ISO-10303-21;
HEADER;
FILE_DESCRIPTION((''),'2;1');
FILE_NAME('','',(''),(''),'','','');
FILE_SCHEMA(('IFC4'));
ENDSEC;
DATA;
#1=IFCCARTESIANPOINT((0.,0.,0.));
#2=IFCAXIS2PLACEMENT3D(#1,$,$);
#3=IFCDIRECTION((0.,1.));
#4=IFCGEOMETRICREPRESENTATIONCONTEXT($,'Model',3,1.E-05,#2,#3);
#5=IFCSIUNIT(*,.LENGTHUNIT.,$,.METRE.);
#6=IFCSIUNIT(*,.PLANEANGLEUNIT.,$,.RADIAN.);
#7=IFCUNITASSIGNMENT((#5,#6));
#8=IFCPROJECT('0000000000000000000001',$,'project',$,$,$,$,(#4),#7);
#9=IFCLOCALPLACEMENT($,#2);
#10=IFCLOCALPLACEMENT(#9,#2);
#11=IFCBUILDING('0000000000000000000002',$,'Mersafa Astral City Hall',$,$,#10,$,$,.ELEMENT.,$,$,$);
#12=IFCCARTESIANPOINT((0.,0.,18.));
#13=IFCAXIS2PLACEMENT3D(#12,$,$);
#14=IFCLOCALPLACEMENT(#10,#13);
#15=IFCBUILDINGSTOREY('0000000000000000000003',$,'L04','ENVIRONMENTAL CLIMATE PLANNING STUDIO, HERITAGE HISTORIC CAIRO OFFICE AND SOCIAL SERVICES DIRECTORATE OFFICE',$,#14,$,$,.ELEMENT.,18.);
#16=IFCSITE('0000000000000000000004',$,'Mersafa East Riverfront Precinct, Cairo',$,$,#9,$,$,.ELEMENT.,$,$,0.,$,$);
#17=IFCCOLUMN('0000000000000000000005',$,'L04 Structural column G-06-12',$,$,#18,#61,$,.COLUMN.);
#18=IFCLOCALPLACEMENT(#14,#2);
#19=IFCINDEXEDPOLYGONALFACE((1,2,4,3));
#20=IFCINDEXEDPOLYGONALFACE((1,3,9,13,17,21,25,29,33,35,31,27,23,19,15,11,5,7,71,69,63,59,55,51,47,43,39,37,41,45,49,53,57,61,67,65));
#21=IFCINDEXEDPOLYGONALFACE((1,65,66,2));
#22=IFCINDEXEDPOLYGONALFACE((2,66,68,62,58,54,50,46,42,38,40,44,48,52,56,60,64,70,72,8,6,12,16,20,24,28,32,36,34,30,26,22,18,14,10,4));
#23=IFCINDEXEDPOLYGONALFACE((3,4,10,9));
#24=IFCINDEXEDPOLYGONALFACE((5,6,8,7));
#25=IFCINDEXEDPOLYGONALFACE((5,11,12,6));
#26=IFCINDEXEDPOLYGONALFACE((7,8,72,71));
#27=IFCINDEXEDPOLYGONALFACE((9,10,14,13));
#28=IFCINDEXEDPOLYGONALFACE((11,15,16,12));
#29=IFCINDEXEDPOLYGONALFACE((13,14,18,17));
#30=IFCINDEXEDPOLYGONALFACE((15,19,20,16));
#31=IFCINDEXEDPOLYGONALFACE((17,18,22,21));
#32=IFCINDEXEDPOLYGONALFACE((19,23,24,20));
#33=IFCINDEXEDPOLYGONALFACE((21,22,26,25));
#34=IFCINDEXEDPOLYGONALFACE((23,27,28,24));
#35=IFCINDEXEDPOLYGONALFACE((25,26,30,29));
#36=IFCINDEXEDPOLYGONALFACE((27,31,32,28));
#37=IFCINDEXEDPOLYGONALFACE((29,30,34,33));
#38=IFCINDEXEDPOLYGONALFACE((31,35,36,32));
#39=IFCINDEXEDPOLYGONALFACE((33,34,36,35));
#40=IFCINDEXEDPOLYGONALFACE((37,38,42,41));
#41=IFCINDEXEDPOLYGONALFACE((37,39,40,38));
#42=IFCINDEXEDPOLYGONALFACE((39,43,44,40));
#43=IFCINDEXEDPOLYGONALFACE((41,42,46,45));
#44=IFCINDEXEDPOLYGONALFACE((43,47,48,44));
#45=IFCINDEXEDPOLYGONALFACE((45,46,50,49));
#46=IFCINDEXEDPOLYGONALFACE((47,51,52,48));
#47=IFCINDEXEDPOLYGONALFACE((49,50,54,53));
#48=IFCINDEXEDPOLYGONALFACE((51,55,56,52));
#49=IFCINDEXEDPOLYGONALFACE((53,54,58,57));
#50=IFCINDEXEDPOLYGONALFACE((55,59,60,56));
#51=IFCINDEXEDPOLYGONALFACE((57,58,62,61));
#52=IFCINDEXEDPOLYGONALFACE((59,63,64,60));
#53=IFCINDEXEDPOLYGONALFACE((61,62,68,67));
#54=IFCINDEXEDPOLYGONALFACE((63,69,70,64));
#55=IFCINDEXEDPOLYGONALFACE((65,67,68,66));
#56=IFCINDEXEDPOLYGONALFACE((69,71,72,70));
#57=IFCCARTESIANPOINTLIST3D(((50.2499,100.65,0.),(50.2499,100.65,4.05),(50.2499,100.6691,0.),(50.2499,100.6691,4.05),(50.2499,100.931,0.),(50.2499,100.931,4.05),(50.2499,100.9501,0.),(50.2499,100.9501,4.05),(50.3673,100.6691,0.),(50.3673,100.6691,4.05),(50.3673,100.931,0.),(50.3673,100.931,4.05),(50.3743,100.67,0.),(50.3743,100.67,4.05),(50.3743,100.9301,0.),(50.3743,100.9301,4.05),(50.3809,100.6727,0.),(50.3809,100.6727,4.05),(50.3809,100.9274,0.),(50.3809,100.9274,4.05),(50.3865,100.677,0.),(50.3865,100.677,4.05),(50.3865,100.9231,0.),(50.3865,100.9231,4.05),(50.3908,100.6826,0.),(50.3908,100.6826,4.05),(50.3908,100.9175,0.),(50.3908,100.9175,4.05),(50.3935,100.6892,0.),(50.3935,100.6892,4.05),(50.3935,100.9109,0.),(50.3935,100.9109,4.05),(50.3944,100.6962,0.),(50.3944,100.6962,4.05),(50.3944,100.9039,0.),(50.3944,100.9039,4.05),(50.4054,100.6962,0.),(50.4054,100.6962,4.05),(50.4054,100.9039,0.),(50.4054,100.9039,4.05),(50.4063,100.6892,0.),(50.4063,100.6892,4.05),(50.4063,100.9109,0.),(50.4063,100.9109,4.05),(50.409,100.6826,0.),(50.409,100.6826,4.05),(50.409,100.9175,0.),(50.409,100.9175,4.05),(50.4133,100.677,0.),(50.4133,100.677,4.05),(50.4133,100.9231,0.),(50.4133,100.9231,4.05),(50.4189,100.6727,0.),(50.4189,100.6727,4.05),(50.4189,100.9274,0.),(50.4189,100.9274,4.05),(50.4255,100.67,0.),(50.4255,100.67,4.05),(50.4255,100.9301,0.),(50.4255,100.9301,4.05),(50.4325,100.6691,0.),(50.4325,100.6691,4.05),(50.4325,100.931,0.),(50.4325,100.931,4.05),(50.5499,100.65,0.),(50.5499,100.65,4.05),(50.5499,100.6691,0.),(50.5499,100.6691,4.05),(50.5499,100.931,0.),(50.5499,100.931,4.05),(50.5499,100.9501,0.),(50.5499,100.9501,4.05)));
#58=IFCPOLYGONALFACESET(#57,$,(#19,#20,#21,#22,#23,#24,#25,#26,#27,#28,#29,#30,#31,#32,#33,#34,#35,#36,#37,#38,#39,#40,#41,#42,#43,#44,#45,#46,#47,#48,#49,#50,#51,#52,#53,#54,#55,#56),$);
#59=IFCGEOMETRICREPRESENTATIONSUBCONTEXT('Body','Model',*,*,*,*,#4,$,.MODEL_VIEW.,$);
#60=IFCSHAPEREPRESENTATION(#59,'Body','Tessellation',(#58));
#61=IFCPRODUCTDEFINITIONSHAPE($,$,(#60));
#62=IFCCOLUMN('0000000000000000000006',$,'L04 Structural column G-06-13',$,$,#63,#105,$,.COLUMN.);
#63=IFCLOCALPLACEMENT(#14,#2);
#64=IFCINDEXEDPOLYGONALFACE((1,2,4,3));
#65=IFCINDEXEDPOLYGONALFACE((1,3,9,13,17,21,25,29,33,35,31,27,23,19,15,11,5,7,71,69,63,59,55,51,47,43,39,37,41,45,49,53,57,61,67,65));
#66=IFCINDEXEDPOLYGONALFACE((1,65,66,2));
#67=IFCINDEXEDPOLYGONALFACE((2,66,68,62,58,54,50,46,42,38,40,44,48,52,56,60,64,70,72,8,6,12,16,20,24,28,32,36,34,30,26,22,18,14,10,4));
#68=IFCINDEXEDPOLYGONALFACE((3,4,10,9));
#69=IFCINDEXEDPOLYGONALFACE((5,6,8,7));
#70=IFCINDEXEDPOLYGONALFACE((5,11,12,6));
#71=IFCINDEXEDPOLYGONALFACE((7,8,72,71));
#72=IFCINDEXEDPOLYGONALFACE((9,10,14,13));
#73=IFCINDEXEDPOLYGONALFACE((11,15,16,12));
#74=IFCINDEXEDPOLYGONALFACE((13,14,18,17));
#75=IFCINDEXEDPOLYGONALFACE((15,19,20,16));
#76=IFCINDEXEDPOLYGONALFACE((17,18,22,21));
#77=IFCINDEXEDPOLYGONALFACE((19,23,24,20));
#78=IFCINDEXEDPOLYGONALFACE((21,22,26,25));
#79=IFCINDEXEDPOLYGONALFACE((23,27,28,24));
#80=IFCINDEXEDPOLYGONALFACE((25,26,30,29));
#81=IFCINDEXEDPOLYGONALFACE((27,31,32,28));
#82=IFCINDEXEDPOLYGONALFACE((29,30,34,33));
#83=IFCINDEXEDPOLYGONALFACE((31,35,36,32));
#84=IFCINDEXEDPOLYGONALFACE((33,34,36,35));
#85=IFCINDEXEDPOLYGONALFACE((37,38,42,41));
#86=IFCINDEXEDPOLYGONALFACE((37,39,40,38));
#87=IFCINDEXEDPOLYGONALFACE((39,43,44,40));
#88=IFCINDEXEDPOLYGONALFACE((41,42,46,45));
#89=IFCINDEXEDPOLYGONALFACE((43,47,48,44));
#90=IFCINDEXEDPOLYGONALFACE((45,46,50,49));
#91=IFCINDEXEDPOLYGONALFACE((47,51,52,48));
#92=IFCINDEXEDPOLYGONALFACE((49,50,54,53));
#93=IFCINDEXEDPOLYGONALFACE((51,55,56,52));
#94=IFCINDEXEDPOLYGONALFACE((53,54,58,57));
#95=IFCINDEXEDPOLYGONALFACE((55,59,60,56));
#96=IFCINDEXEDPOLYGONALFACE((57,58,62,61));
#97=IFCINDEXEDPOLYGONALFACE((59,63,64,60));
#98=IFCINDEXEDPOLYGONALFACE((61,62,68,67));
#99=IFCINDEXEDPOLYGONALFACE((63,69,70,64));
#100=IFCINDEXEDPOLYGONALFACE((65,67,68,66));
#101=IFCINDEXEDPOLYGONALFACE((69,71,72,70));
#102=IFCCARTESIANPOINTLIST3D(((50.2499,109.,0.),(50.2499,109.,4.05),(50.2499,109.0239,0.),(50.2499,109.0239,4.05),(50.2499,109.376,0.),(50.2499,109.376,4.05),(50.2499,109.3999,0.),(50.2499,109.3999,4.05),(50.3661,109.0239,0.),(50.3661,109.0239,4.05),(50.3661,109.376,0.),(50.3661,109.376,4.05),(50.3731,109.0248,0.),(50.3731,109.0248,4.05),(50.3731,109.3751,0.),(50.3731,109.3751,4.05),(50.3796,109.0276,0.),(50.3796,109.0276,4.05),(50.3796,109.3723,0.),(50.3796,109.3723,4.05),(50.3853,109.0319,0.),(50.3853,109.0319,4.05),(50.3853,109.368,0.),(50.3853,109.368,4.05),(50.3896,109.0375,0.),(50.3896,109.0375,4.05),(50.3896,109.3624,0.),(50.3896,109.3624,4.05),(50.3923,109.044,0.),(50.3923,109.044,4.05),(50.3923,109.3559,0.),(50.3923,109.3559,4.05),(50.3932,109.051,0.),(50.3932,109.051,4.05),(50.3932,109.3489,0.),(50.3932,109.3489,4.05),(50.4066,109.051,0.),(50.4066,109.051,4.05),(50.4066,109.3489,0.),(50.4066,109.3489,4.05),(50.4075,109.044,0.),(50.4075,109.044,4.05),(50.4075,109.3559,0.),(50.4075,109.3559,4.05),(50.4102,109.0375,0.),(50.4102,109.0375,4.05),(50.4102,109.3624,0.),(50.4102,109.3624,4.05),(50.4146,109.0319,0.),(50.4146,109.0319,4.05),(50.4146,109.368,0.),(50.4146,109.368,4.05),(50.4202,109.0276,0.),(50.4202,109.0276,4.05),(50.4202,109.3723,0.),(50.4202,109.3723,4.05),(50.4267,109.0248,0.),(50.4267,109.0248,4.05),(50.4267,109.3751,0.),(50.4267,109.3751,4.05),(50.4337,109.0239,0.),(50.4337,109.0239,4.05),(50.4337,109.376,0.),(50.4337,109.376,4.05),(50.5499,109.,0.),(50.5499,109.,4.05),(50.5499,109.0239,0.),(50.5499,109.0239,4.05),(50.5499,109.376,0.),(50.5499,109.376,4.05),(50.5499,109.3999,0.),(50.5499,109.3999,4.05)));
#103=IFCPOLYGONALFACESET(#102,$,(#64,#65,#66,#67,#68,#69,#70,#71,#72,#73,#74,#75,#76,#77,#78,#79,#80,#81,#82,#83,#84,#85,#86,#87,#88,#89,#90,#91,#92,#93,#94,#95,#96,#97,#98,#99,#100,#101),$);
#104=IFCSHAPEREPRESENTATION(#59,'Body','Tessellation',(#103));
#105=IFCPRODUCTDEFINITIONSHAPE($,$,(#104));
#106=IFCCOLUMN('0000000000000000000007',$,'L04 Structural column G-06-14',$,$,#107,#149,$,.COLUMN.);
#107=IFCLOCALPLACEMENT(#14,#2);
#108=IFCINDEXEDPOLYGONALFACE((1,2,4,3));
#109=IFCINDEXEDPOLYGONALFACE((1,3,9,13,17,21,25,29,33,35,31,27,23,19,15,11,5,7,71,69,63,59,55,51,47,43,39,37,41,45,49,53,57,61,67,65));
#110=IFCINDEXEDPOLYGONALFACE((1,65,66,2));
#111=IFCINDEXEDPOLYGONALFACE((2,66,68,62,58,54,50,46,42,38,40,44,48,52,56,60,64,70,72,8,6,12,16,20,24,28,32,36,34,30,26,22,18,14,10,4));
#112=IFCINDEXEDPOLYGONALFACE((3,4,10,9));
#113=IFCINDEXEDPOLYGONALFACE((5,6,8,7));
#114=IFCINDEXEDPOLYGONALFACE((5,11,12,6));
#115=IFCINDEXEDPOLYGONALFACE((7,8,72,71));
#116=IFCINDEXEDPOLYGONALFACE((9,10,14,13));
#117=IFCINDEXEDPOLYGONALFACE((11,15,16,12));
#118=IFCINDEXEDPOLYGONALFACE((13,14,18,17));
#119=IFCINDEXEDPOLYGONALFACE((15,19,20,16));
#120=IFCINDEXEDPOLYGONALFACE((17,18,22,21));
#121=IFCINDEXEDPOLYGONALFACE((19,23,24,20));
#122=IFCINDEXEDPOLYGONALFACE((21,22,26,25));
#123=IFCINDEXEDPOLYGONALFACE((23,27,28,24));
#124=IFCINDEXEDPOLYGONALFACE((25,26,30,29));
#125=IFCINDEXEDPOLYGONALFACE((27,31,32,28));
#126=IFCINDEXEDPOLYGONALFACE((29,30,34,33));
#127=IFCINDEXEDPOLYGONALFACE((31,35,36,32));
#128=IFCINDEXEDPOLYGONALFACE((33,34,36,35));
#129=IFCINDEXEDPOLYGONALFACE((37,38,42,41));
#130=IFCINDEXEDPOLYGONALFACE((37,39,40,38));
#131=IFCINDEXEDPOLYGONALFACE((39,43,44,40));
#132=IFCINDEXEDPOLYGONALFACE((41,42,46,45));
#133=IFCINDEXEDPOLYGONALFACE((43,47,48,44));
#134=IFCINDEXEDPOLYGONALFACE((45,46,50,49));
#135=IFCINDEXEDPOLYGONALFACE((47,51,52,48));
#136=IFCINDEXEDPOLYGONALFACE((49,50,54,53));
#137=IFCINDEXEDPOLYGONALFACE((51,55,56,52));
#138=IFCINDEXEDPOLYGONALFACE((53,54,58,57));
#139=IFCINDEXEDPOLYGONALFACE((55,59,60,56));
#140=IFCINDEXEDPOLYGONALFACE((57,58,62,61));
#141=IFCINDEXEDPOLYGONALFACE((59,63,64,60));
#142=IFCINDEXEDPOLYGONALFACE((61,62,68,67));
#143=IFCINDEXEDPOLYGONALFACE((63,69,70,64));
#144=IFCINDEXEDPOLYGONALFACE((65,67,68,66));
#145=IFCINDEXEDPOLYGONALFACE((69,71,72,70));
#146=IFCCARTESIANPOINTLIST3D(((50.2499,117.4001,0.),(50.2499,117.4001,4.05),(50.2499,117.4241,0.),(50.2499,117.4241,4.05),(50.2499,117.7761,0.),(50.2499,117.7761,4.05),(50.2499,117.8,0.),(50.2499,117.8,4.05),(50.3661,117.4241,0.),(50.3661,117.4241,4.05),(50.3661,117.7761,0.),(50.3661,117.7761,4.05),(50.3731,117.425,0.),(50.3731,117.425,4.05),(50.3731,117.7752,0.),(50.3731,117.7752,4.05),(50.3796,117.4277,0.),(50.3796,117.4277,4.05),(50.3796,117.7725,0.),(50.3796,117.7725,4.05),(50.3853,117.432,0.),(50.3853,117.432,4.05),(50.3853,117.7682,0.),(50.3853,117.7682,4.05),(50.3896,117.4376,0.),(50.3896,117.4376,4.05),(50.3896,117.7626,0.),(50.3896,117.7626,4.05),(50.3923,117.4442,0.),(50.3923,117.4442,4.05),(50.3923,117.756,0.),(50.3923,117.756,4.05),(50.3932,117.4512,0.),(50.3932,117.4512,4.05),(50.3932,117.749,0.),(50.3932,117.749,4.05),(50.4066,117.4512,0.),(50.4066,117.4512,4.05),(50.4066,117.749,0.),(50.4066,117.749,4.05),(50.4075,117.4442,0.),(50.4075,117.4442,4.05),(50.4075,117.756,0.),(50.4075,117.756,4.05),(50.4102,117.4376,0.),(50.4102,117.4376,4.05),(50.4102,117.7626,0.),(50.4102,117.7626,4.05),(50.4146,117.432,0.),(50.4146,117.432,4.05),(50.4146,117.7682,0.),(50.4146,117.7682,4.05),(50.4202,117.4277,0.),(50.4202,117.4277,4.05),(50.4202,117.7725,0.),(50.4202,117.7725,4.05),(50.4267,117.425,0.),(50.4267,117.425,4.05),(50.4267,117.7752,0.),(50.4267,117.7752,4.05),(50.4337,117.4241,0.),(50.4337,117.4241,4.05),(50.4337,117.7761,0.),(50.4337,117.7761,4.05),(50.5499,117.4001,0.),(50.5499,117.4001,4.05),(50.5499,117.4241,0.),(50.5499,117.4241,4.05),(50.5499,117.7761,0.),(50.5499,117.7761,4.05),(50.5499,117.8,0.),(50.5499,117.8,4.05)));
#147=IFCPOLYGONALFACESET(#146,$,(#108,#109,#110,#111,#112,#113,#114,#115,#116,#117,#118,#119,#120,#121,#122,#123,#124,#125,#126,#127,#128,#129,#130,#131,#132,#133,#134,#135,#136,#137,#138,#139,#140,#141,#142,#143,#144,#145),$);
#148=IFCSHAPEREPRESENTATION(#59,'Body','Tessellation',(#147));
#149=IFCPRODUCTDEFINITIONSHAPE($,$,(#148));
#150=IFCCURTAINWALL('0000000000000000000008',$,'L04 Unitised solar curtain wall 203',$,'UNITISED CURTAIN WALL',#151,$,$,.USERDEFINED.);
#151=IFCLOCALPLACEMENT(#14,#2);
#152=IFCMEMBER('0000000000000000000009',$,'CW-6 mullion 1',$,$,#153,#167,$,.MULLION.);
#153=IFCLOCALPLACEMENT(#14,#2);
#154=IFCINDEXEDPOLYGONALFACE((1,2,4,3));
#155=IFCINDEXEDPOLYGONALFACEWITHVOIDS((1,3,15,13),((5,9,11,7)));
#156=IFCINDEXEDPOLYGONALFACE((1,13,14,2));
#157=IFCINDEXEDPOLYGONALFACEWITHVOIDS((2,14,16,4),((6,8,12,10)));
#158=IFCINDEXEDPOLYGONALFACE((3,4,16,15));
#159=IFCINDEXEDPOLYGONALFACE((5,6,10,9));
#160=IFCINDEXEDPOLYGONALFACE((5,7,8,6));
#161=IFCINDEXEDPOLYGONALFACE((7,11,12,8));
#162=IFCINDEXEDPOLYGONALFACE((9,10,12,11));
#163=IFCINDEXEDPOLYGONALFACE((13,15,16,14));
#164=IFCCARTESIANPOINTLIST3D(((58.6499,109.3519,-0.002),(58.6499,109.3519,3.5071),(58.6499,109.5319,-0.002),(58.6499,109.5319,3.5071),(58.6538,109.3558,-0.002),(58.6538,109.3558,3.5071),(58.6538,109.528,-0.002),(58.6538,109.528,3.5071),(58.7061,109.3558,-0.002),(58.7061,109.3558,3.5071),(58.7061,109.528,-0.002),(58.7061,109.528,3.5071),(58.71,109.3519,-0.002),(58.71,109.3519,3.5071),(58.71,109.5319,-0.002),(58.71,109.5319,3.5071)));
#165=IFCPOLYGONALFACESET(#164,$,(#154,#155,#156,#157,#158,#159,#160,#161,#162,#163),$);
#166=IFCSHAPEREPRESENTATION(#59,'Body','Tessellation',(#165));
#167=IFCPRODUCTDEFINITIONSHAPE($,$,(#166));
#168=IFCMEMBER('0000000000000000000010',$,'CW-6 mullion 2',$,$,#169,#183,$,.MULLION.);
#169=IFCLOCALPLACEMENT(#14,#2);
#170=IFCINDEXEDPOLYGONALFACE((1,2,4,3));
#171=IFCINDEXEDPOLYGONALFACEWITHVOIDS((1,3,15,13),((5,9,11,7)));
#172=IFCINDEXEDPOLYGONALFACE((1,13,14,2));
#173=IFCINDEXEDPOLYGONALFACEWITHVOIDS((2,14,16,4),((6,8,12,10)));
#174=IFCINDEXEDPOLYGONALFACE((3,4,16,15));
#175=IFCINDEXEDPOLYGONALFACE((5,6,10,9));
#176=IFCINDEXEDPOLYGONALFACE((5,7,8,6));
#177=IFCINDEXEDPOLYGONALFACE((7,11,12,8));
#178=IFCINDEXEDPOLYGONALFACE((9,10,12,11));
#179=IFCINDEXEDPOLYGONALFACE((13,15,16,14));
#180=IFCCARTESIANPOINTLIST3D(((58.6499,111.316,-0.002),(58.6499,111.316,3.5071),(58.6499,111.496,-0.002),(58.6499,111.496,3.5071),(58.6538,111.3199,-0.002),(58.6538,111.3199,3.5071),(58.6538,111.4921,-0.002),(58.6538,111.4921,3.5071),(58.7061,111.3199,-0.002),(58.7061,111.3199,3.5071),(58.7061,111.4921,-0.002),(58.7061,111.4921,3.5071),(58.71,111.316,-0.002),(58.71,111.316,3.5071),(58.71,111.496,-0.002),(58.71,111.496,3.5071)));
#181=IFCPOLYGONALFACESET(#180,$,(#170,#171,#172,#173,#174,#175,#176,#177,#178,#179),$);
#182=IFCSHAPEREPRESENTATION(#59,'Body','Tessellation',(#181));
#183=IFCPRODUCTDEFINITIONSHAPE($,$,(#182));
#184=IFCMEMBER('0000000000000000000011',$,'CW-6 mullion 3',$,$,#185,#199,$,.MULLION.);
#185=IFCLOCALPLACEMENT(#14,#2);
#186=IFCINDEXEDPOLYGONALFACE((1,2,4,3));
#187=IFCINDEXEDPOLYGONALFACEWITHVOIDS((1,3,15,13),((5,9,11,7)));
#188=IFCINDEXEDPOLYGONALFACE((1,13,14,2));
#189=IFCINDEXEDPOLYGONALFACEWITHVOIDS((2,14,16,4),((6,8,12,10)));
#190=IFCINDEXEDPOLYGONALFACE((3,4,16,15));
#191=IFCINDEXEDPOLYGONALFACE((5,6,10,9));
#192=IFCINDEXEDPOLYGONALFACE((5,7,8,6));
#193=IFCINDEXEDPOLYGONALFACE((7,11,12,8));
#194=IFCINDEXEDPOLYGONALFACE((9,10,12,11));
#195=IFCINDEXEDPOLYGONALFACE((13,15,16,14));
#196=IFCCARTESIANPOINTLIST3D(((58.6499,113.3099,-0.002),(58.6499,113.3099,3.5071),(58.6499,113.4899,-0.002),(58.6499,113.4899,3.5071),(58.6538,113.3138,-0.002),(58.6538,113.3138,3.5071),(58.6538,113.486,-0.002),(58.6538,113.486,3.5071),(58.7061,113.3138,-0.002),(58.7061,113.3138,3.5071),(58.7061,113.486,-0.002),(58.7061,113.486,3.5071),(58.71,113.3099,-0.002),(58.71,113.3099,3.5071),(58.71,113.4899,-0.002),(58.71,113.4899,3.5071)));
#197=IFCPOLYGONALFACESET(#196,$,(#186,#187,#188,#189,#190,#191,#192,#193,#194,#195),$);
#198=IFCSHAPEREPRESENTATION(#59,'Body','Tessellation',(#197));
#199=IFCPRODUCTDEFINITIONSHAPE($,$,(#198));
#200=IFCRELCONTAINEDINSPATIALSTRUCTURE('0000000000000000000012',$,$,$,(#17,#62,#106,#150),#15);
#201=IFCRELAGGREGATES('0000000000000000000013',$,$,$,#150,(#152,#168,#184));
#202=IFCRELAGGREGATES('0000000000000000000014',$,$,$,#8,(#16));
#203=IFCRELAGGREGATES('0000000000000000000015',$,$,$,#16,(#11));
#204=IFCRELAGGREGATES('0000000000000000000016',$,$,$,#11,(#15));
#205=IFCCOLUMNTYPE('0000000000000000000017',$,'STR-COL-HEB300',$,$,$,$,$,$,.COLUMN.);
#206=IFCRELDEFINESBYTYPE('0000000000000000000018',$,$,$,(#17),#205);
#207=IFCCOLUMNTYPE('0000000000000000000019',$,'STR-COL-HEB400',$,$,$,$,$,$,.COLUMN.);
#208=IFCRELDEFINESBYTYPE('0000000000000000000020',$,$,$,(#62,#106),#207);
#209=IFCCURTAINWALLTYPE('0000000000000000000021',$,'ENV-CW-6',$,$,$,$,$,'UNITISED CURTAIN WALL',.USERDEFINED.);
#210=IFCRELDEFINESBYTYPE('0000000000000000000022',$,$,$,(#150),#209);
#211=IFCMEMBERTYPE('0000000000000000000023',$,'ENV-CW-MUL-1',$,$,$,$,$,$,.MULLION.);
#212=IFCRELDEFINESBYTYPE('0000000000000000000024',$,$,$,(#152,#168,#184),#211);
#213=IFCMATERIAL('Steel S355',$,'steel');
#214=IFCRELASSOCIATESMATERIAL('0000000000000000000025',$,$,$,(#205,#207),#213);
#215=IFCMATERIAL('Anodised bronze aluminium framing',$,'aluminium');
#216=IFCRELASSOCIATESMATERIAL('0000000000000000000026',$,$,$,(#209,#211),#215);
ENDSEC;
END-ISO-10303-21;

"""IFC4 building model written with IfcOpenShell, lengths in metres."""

from ifc_helpers import new_model, si_unit, direction, frame, origin, origin_2d, place, context, subcontext, project, spatial, hollow_rectangle, i_section, extrude, material, material_profile, profile_set, type_object, element, aggregate, save


model = new_model("IFC4")

# Units and contexts
model_context = context("Model", 3, precision=1e-05, world=origin(), true_north=direction((0.0, 1.0)))
body_context = subcontext(model_context, "Body", "Model", "MODEL_VIEW")
ifc_project = project(units=[si_unit("LENGTHUNIT", "METRE"), si_unit("PLANEANGLEUNIT", "RADIAN")], contexts=[model_context])

# Site, building, storey
site_placement = place(None, origin())
site = spatial("IfcSite", under=ifc_project, at=site_placement, Name="Mersafa East Riverfront Precinct, Cairo", CompositionType="ELEMENT", RefElevation=0.0)
building_placement = place(site_placement, origin())
building = spatial("IfcBuilding", under=site, at=building_placement, Name="Mersafa Astral City Hall", CompositionType="ELEMENT")
storey_placement = place(building_placement, frame((0.0, 0.0, 18.0)))
storey = spatial("IfcBuildingStorey", under=building, at=storey_placement, Name="L04", Description="ENVIRONMENTAL CLIMATE PLANNING STUDIO, HERITAGE HISTORIC CAIRO OFFICE AND SOCIAL SERVICES DIRECTORATE OFFICE", CompositionType="ELEMENT", Elevation=18.0)

# Columns
ifc_material_1 = material(Name="Steel S355", Category="steel")
ifc_material_profile_1 = material_profile(ifc_material_1, i_section(OverallWidth=0.3, OverallDepth=0.3, WebThickness=0.011, FlangeThickness=0.019, FilletRadius=0.0271, at=origin_2d()), Name="HEB 300")
ifc_profile_set_1 = profile_set([ifc_material_profile_1], Name="Steel S355")
column_type_1 = type_object("IfcColumnType", Name="STR-COL-HEB300", PredefinedType="COLUMN", material=ifc_profile_set_1)
column_placement = place(storey_placement, frame((50.3999, 100.8, 0.0), z_axis=(0.0, 0.0, 1.0), x_axis=(1.0, 0.0, 0.0)))
element("IfcColumn", 1, at=column_placement, inside=storey, type_object=column_type_1, Name="L04 Structural column G-06-12", PredefinedType="COLUMN", context=body_context, shape_type="SweptSolid", body=[
    extrude(i_section(OverallWidth=0.3, OverallDepth=0.3, WebThickness=0.011, FlangeThickness=0.019, FilletRadius=0.0271, at=origin_2d()), origin(), (0.0, 0.0, 1.0), 4.05),
])
ifc_material_profile_2 = material_profile(ifc_material_1, i_section(OverallWidth=0.3, OverallDepth=0.3999, WebThickness=0.0134, FlangeThickness=0.0239, FilletRadius=0.0271, at=origin_2d()), Name="HEB 400")
ifc_profile_set_2 = profile_set([ifc_material_profile_2], Name="Steel S355")
column_type_2 = type_object("IfcColumnType", Name="STR-COL-HEB400", PredefinedType="COLUMN", material=ifc_profile_set_2)
for number, where, z_axis, x_axis, name in (
    (2, (50.3999, 109.2, 0.0), (0.0, 0.0, 1.0), (1.0, 0.0, 0.0), "L04 Structural column G-06-13"),
    (3, (50.3999, 117.6001, 0.0), (0.0, 0.0, 1.0), (1.0, 0.0, 0.0), "L04 Structural column G-06-14"),
):
    element("IfcColumn", number, at=place(storey_placement, frame(where, z_axis=z_axis, x_axis=x_axis)), inside=storey, type_object=column_type_2, Name=name, PredefinedType="COLUMN", context=body_context, shape_type="SweptSolid", body=[
        extrude(i_section(OverallWidth=0.3, OverallDepth=0.3999, WebThickness=0.0134, FlangeThickness=0.0239, FilletRadius=0.0271, at=origin_2d()), origin(), (0.0, 0.0, 1.0), 4.05),
    ])

# Curtain wall, members
ifc_material_2 = material(Name="Anodised bronze aluminium framing", Category="aluminium")
curtain_wall_type = type_object("IfcCurtainWallType", Name="ENV-CW-6", ElementType="UNITISED CURTAIN WALL", PredefinedType="USERDEFINED", material=ifc_material_2)
curtain_wall_placement = place(storey_placement, origin())
curtain_wall = element("IfcCurtainWall", 4, at=curtain_wall_placement, inside=storey, type_object=curtain_wall_type, Name="L04 Unitised solar curtain wall 203", ObjectType="UNITISED CURTAIN WALL", PredefinedType="USERDEFINED")
ifc_material_profile_3 = material_profile(ifc_material_2, hollow_rectangle(XDim=0.0601, YDim=0.1799, WallThickness=0.0039, at=origin_2d()), Name="RHS 60x180x4")
ifc_profile_set_3 = profile_set([ifc_material_profile_3], Name="Anodised bronze aluminium framing")
member_type_1 = type_object("IfcMemberType", Name="ENV-CW-MUL-1", PredefinedType="MULLION", material=ifc_profile_set_3)
member_1_placement = place(storey_placement, frame((58.6799, 109.4419, -0.002), z_axis=(0.0, 0.0, 1.0), x_axis=(-1.0, 0.0, 0.0)))
member_1 = element("IfcMember", 5, at=member_1_placement, type_object=member_type_1, Name="CW-6 mullion 1", PredefinedType="MULLION", context=body_context, shape_type="SweptSolid", body=[
    extrude(hollow_rectangle(XDim=0.0601, YDim=0.1799, WallThickness=0.0039, at=origin_2d()), origin(), (0.0, 0.0, 1.0), 3.509),
])
member_2_placement = place(storey_placement, frame((58.6799, 111.406, -0.002), z_axis=(0.0, 0.0, 1.0), x_axis=(-1.0, 0.0, 0.0)))
member_2 = element("IfcMember", 6, at=member_2_placement, type_object=member_type_1, Name="CW-6 mullion 2", PredefinedType="MULLION", context=body_context, shape_type="SweptSolid", body=[
    extrude(hollow_rectangle(XDim=0.0601, YDim=0.1799, WallThickness=0.0039, at=origin_2d()), origin(), (0.0, 0.0, 1.0), 3.509),
])
member_3_placement = place(storey_placement, frame((58.6799, 113.3999, -0.002), z_axis=(0.0, 0.0, 1.0), x_axis=(-1.0, 0.0, 0.0)))
member_3 = element("IfcMember", 7, at=member_3_placement, type_object=member_type_1, Name="CW-6 mullion 3", PredefinedType="MULLION", context=body_context, shape_type="SweptSolid", body=[
    extrude(hollow_rectangle(XDim=0.0601, YDim=0.1799, WallThickness=0.0039, at=origin_2d()), origin(), (0.0, 0.0, 1.0), 3.509),
])

aggregate(curtain_wall, [member_1, member_2, member_3])

save(model, "model.ifc")
